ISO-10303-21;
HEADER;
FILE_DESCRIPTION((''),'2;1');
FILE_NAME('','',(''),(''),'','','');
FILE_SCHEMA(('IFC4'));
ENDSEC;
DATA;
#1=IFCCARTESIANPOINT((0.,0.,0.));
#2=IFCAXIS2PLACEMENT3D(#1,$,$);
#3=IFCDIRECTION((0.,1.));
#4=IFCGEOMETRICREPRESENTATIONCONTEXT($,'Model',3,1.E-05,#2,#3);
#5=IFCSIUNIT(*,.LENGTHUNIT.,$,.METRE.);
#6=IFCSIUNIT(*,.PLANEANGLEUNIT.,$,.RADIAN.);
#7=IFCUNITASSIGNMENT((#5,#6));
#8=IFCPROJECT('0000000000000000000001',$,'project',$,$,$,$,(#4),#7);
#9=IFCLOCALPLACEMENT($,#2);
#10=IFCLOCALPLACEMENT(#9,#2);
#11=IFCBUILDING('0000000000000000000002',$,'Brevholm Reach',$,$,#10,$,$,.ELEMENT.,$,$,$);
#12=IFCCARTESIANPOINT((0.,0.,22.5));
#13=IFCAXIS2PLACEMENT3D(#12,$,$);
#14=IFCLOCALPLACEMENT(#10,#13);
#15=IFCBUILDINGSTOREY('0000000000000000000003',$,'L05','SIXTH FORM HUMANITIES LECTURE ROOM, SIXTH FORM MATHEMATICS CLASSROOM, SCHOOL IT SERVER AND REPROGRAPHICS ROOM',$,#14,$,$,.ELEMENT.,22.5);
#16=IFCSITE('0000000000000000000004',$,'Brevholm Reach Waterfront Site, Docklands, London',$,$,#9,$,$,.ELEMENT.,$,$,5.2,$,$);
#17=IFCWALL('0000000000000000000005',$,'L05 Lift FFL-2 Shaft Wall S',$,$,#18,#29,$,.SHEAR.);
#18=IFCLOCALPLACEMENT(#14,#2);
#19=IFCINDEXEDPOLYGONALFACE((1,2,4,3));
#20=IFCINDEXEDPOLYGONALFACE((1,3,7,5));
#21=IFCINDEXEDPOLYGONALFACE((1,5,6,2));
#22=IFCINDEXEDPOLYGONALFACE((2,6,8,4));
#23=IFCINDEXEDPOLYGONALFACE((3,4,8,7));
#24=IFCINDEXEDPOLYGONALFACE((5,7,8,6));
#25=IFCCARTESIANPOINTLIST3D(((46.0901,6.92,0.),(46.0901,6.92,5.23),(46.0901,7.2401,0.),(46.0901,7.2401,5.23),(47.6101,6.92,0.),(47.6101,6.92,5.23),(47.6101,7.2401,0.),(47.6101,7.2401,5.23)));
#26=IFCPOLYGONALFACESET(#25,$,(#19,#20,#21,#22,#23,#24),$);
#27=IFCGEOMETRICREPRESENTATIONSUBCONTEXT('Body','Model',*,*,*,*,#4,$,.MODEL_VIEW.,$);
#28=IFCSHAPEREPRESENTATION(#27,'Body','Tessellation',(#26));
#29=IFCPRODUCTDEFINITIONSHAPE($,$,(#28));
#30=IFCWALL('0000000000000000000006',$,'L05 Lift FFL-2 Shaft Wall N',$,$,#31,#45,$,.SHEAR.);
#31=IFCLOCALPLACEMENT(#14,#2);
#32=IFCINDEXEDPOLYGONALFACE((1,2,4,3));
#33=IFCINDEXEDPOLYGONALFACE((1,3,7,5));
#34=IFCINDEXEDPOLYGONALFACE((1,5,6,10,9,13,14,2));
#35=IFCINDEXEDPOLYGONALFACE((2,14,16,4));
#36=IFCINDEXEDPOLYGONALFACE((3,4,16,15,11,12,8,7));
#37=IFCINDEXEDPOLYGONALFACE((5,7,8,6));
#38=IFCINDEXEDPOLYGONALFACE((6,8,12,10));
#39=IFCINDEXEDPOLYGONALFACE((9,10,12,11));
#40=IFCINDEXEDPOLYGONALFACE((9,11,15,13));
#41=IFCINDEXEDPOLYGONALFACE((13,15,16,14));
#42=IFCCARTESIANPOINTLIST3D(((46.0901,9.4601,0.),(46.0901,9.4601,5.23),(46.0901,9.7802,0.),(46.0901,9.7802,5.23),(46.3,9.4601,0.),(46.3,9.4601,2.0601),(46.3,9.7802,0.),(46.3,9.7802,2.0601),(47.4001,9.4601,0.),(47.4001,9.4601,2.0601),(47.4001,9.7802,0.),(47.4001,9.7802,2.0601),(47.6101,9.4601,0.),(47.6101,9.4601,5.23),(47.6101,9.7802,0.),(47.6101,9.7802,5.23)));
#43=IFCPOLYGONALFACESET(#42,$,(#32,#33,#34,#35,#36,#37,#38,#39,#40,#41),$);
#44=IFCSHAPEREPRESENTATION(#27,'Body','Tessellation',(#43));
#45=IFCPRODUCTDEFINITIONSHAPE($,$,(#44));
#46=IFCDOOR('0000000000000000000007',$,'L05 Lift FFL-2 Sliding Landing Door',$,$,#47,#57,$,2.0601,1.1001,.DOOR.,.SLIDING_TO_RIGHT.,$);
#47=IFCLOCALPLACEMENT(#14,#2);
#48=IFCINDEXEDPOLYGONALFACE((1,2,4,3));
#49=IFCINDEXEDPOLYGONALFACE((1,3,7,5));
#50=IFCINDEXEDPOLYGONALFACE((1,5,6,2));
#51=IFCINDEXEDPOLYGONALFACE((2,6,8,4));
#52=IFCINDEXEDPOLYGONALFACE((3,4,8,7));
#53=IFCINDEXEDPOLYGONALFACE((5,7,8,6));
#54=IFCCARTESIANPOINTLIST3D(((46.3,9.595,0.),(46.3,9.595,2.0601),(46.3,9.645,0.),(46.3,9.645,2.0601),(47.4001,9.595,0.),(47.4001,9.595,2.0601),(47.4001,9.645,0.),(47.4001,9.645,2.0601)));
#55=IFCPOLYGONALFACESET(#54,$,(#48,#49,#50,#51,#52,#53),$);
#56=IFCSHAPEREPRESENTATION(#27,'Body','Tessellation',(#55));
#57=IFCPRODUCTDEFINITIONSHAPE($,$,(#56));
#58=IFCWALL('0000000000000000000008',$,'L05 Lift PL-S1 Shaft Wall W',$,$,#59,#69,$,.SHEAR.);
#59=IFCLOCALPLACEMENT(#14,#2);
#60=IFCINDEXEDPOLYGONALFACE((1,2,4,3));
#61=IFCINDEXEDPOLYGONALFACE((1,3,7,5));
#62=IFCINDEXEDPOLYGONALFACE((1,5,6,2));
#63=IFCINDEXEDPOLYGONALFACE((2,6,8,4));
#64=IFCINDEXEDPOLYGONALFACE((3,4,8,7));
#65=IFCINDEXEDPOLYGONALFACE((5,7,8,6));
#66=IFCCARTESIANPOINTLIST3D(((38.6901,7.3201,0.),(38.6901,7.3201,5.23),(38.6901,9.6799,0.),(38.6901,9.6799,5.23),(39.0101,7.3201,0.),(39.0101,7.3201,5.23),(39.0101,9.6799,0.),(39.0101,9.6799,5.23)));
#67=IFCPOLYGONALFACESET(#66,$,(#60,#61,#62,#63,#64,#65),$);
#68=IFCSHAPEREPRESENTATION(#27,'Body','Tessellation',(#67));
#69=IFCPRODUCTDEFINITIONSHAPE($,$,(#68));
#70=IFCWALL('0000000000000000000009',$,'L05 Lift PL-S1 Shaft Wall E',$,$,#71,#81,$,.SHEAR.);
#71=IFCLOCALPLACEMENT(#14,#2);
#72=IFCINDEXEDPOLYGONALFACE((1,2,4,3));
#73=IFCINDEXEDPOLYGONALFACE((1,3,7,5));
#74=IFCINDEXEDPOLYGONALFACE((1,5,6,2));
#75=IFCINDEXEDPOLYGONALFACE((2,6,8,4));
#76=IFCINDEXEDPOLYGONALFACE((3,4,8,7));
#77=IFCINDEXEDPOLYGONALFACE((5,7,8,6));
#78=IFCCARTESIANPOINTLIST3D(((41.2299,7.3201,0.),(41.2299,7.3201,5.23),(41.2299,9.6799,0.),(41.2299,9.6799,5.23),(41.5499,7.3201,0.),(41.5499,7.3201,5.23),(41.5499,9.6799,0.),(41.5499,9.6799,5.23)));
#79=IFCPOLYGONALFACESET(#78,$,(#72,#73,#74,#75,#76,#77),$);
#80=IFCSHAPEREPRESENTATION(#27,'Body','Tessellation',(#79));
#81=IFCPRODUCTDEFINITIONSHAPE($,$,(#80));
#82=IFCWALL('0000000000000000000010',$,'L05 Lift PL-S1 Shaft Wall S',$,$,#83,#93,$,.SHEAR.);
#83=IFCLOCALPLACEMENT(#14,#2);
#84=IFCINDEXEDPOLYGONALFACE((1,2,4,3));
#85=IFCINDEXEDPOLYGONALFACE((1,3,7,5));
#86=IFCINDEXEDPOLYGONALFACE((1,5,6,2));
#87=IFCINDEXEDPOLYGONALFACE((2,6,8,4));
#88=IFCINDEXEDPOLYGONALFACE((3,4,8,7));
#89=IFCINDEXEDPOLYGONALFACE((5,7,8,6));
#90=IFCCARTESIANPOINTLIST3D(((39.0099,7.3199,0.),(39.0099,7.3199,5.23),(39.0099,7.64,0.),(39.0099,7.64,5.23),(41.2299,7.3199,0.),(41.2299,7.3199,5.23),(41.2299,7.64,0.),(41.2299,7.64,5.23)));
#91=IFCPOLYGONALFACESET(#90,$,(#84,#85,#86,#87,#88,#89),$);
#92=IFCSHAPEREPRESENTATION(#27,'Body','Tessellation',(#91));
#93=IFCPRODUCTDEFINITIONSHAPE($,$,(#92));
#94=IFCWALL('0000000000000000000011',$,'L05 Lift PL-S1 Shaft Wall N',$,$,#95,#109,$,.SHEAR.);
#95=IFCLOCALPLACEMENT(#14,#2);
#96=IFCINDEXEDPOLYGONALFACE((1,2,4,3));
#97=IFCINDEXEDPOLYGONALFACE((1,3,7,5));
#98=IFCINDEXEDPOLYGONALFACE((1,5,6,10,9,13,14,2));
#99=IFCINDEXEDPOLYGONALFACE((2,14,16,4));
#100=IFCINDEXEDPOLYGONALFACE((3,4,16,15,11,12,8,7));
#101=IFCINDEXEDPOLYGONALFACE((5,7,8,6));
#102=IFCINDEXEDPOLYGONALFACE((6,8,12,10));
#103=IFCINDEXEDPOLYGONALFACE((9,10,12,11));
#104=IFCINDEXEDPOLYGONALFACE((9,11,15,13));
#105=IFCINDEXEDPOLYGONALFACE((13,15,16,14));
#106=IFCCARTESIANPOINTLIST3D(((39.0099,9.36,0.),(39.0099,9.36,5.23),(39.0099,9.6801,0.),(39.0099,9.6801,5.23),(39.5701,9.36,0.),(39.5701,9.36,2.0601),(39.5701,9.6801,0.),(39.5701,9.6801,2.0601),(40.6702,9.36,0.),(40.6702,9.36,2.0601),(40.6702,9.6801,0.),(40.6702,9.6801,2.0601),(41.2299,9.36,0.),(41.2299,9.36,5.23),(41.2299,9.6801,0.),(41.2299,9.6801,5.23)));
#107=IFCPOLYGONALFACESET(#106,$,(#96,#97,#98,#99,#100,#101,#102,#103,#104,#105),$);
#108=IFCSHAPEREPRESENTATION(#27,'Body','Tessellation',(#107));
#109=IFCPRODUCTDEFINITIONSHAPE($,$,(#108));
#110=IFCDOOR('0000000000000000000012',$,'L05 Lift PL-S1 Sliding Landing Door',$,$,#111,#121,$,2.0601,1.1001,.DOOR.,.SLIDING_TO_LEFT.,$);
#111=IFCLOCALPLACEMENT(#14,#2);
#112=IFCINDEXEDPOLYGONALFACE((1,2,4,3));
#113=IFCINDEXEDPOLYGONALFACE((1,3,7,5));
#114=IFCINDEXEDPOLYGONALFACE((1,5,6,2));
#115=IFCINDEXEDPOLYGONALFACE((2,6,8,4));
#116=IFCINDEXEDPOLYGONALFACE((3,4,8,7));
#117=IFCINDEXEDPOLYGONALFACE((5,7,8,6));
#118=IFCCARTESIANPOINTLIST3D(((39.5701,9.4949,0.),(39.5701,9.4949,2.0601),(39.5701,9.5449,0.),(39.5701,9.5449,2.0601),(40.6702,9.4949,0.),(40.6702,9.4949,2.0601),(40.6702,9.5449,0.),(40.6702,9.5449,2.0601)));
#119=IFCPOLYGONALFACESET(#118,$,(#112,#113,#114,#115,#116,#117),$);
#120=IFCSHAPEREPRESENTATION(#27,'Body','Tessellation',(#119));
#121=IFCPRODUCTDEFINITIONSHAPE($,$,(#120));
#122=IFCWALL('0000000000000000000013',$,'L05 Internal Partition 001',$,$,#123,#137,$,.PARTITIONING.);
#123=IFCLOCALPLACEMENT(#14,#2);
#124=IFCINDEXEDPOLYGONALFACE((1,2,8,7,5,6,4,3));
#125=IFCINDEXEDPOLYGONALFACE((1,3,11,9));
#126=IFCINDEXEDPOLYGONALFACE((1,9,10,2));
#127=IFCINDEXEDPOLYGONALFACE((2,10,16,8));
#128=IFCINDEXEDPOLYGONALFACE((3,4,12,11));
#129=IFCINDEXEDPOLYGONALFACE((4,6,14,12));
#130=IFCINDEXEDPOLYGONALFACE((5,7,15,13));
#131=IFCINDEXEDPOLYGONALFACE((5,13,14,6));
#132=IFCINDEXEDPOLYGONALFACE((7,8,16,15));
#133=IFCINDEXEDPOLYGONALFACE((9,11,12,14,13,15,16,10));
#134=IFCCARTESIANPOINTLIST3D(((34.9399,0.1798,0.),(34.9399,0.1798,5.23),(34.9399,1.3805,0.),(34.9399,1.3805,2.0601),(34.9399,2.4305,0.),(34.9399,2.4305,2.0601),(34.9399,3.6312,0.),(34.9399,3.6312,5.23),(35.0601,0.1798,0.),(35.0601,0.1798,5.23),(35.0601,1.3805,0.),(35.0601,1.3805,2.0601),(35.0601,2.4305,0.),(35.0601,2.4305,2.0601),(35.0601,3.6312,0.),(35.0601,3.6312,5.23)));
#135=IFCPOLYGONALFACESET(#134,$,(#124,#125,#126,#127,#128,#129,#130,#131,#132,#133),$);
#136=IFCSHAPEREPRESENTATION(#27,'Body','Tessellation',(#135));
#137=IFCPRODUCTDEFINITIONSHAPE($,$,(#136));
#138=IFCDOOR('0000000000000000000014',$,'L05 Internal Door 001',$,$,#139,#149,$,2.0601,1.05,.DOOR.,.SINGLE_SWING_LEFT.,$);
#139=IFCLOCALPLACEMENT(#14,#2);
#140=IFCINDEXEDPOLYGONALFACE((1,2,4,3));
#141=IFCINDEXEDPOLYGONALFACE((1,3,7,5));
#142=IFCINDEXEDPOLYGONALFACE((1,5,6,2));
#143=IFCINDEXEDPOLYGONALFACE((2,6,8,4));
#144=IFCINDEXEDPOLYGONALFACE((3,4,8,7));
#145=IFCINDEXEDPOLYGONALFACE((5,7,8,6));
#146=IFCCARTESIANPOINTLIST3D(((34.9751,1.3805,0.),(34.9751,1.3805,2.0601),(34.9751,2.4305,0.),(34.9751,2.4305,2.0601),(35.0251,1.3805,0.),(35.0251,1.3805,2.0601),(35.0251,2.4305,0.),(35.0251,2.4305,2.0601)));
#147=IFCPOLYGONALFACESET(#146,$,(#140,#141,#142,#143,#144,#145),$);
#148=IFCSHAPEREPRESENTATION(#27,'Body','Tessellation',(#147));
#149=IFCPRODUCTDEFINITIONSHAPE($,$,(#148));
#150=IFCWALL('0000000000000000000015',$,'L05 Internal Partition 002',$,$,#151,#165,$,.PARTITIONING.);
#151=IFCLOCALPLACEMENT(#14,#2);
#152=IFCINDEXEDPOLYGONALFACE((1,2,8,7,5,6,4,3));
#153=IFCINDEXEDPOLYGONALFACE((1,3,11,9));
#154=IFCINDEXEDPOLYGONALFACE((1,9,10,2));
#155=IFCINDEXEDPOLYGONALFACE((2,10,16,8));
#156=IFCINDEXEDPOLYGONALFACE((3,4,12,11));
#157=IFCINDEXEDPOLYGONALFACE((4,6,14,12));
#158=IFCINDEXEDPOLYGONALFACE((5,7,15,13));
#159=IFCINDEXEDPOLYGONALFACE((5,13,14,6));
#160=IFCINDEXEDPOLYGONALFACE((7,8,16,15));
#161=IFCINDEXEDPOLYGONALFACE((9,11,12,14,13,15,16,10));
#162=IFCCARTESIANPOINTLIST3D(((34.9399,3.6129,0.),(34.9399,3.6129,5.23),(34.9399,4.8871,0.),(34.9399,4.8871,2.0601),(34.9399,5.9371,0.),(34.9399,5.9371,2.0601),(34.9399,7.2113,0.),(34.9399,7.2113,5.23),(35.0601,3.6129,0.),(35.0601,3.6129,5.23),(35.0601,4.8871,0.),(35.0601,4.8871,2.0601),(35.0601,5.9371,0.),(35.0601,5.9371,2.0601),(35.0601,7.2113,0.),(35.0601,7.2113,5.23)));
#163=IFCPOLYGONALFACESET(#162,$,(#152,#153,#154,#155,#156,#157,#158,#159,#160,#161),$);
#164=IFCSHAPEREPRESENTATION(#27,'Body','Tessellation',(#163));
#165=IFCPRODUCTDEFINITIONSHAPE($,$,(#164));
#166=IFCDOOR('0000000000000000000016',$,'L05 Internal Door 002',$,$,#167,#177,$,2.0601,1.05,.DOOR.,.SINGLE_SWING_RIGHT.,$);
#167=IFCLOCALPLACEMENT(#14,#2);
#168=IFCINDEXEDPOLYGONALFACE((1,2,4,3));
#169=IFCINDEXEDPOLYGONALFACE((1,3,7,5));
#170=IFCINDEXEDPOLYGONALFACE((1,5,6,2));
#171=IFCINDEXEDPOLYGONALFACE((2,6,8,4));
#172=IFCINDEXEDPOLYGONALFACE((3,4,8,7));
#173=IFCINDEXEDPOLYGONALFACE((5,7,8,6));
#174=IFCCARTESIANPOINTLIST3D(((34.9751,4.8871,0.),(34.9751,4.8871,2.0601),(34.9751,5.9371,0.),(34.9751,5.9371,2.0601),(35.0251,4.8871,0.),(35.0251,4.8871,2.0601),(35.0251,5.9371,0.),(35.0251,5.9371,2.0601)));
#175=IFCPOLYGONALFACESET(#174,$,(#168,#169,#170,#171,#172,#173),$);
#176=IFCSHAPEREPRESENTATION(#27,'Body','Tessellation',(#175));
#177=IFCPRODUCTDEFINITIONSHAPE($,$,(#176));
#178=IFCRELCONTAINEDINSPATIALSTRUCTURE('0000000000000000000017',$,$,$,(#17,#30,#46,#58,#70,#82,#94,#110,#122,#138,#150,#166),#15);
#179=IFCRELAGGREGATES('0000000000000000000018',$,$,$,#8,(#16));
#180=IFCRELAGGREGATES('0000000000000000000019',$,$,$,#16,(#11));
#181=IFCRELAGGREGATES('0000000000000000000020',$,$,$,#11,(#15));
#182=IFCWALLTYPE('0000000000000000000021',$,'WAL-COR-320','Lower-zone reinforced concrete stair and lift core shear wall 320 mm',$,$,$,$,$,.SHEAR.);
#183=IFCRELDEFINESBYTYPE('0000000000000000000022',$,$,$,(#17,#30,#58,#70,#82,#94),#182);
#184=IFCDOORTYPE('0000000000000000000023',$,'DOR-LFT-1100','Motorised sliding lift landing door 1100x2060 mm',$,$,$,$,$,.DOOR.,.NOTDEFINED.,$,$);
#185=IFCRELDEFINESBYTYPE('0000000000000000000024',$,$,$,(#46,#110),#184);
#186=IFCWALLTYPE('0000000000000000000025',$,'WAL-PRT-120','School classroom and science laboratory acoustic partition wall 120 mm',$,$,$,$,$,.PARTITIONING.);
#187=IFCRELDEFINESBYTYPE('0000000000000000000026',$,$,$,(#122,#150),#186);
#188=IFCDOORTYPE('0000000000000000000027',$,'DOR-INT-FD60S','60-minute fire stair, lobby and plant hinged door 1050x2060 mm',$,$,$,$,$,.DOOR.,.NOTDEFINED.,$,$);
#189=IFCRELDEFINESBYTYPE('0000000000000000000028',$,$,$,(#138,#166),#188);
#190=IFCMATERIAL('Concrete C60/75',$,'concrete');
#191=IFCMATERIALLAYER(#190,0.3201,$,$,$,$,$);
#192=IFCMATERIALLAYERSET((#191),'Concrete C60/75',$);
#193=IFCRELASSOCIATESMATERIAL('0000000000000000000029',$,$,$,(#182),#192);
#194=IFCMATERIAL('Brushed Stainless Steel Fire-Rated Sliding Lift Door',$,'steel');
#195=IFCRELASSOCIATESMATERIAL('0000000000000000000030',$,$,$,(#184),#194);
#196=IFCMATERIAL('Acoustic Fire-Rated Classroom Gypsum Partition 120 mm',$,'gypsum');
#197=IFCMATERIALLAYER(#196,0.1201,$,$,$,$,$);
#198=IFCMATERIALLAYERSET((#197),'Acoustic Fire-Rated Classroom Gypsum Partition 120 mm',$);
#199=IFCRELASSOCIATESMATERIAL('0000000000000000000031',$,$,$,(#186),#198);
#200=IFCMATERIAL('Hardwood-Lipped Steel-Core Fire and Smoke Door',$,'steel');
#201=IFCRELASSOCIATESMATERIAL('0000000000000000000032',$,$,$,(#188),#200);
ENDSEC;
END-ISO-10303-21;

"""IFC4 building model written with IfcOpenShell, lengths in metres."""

from ifc_helpers import new_model, si_unit, direction, frame, frame_2d, origin, place, context, subcontext, project, spatial, rectangle, extrude, material, layer, layer_set, type_object, element, fill, save


model = new_model("IFC4")

# Units and contexts
model_context = context("Model", 3, precision=1e-05, world=origin(), true_north=direction((0.0, 1.0)))
body_context = subcontext(model_context, "Body", "Model", "MODEL_VIEW")
ifc_project = project(units=[si_unit("LENGTHUNIT", "METRE"), si_unit("PLANEANGLEUNIT", "RADIAN")], contexts=[model_context])

# Site, building, storey
site_placement = place(None, origin())
site = spatial("IfcSite", under=ifc_project, at=site_placement, Name="Brevholm Reach Waterfront Site, Docklands, London", CompositionType="ELEMENT", RefElevation=5.2)
building_placement = place(site_placement, origin())
building = spatial("IfcBuilding", under=site, at=building_placement, Name="Brevholm Reach", CompositionType="ELEMENT")
storey_placement = place(building_placement, frame((0.0, 0.0, 22.5)))
storey = spatial("IfcBuildingStorey", under=building, at=storey_placement, Name="L05", Description="SIXTH FORM HUMANITIES LECTURE ROOM, SIXTH FORM MATHEMATICS CLASSROOM, SCHOOL IT SERVER AND REPROGRAPHICS ROOM", CompositionType="ELEMENT", Elevation=22.5)

# Wall
ifc_material_1 = material(Name="Concrete C60/75", Category="concrete")
ifc_layer_1 = layer(ifc_material_1, 0.3201)
ifc_layer_set_1 = layer_set([ifc_layer_1], Name="Concrete C60/75")
wall_type_1 = type_object("IfcWallType", Name="WAL-COR-320", Description="Lower-zone reinforced concrete stair and lift core shear wall 320 mm", PredefinedType="SHEAR", material=ifc_layer_set_1)
wall_1_placement = place(storey_placement, frame((46.0901, 7.0801, 0.0), z_axis=(0.0, 0.0, 1.0), x_axis=(1.0, 0.0, 0.0)))
element("IfcWall", 1, at=wall_1_placement, inside=storey, type_object=wall_type_1, Name="L05 Lift FFL-2 Shaft Wall S", PredefinedType="SHEAR", context=body_context, shape_type="SweptSolid", body=[
    extrude(rectangle(XDim=1.52, YDim=0.3201, at=frame_2d((0.76, 0.0))), origin(), (0.0, 0.0, 1.0), 5.23),
])

# Wall, opening, door
wall_2_placement = place(storey_placement, frame((46.0901, 9.6201, 0.0), z_axis=(0.0, 0.0, 1.0), x_axis=(1.0, 0.0, 0.0)))
wall_2 = element("IfcWall", 2, at=wall_2_placement, inside=storey, type_object=wall_type_1, Name="L05 Lift FFL-2 Shaft Wall N", PredefinedType="SHEAR", context=body_context, shape_type="SweptSolid", body=[
    extrude(rectangle(XDim=1.52, YDim=0.3201, at=frame_2d((0.76, 0.0))), origin(), (0.0, 0.0, 1.0), 5.23),
])
opening_1_placement = place(wall_2_placement, frame((0.21, 0.0, 0.0)))
opening_1 = element("IfcOpeningElement", 3, at=opening_1_placement, cuts=wall_2, PredefinedType="OPENING", context=body_context, shape_type="SweptSolid", body=[
    extrude(rectangle(XDim=1.1001, YDim=2.0601, at=frame_2d((0.55, 1.03))), frame((0.0, 0.1699, 0.0), z_axis=(0.0, -1.0, 0.0), x_axis=(1.0, 0.0, 0.0)), (0.0, 0.0, 1.0), 0.3401),
])
ifc_material_2 = material(Name="Brushed Stainless Steel Fire-Rated Sliding Lift Door", Category="steel")
door_type_1 = type_object("IfcDoorType", Name="DOR-LFT-1100", Description="Motorised sliding lift landing door 1100x2060 mm", OperationType="NOTDEFINED", PredefinedType="DOOR", material=ifc_material_2)
door_1_placement = place(opening_1_placement, origin())
door_1 = element("IfcDoor", 4, at=door_1_placement, inside=storey, type_object=door_type_1, Name="L05 Lift FFL-2 Sliding Landing Door", OperationType="SLIDING_TO_RIGHT", OverallHeight=2.0601, OverallWidth=1.1001, PredefinedType="DOOR", context=body_context, shape_type="SweptSolid", body=[
    extrude(rectangle(XDim=1.1001, YDim=2.0601, at=frame_2d((0.55, 1.03))), frame((0.0, 0.0249, 0.0), z_axis=(0.0, -1.0, 0.0), x_axis=(1.0, 0.0, 0.0)), (0.0, 0.0, 1.0), 0.05),
])
fill(opening_1, door_1)

# Walls
for number, where, z_axis, x_axis, name in (
    (5, (38.8501, 7.3201, 0.0), (0.0, 0.0, 1.0), (0.0, 1.0, 0.0), "L05 Lift PL-S1 Shaft Wall W"),
    (6, (41.3899, 7.3201, 0.0), (0.0, 0.0, 1.0), (0.0, 1.0, 0.0), "L05 Lift PL-S1 Shaft Wall E"),
):
    element("IfcWall", number, at=place(storey_placement, frame(where, z_axis=z_axis, x_axis=x_axis)), inside=storey, type_object=wall_type_1, Name=name, PredefinedType="SHEAR", context=body_context, shape_type="SweptSolid", body=[
        extrude(rectangle(XDim=2.3599, YDim=0.3201, at=frame_2d((1.1799, 0.0))), origin(), (0.0, 0.0, 1.0), 5.23),
    ])
wall_3_placement = place(storey_placement, frame((39.01, 7.48, 0.0), z_axis=(0.0, 0.0, 1.0), x_axis=(1.0, 0.0, 0.0)))
element("IfcWall", 7, at=wall_3_placement, inside=storey, type_object=wall_type_1, Name="L05 Lift PL-S1 Shaft Wall S", PredefinedType="SHEAR", context=body_context, shape_type="SweptSolid", body=[
    extrude(rectangle(XDim=2.22, YDim=0.3201, at=frame_2d((1.1099, 0.0))), origin(), (0.0, 0.0, 1.0), 5.23),
])

# Walls, openings, doors
wall_4_placement = place(storey_placement, frame((39.01, 9.52, 0.0), z_axis=(0.0, 0.0, 1.0), x_axis=(1.0, 0.0, 0.0)))
wall_4 = element("IfcWall", 8, at=wall_4_placement, inside=storey, type_object=wall_type_1, Name="L05 Lift PL-S1 Shaft Wall N", PredefinedType="SHEAR", context=body_context, shape_type="SweptSolid", body=[
    extrude(rectangle(XDim=2.22, YDim=0.3201, at=frame_2d((1.1099, 0.0))), origin(), (0.0, 0.0, 1.0), 5.23),
])
opening_2_placement = place(wall_4_placement, frame((0.5601, 0.0, 0.0)))
opening_2 = element("IfcOpeningElement", 9, at=opening_2_placement, cuts=wall_4, PredefinedType="OPENING", context=body_context, shape_type="SweptSolid", body=[
    extrude(rectangle(XDim=1.1001, YDim=2.0601, at=frame_2d((0.55, 1.03))), frame((0.0, 0.1699, 0.0), z_axis=(0.0, -1.0, 0.0), x_axis=(1.0, 0.0, 0.0)), (0.0, 0.0, 1.0), 0.3401),
])
door_2_placement = place(opening_2_placement, origin())
door_2 = element("IfcDoor", 10, at=door_2_placement, inside=storey, type_object=door_type_1, Name="L05 Lift PL-S1 Sliding Landing Door", OperationType="SLIDING_TO_LEFT", OverallHeight=2.0601, OverallWidth=1.1001, PredefinedType="DOOR", context=body_context, shape_type="SweptSolid", body=[
    extrude(rectangle(XDim=1.1001, YDim=2.0601, at=frame_2d((0.55, 1.03))), frame((0.0, 0.0249, 0.0), z_axis=(0.0, -1.0, 0.0), x_axis=(1.0, 0.0, 0.0)), (0.0, 0.0, 1.0), 0.05),
])
fill(opening_2, door_2)
ifc_material_3 = material(Name="Acoustic Fire-Rated Classroom Gypsum Partition 120 mm", Category="gypsum")
ifc_layer_2 = layer(ifc_material_3, 0.1201)
ifc_layer_set_2 = layer_set([ifc_layer_2], Name="Acoustic Fire-Rated Classroom Gypsum Partition 120 mm")
wall_type_2 = type_object("IfcWallType", Name="WAL-PRT-120", Description="School classroom and science laboratory acoustic partition wall 120 mm", PredefinedType="PARTITIONING", material=ifc_layer_set_2)
wall_5_placement = place(storey_placement, frame((35.0, 0.1799, 0.0), z_axis=(0.0, 0.0, 1.0), x_axis=(0.0, 1.0, 0.0)))
wall_5 = element("IfcWall", 11, at=wall_5_placement, inside=storey, type_object=wall_type_2, Name="L05 Internal Partition 001", PredefinedType="PARTITIONING", context=body_context, shape_type="SweptSolid", body=[
    extrude(rectangle(XDim=3.4514, YDim=0.1201, at=frame_2d((1.7256, 0.0))), origin(), (0.0, 0.0, 1.0), 5.23),
])
opening_3_placement = place(wall_5_placement, frame((1.2007, 0.0, 0.0)))
opening_3 = element("IfcOpeningElement", 12, at=opening_3_placement, cuts=wall_5, PredefinedType="OPENING", context=body_context, shape_type="SweptSolid", body=[
    extrude(rectangle(XDim=1.05, YDim=2.0601, at=frame_2d((0.5249, 1.03))), frame((0.0, 0.0701, 0.0), z_axis=(0.0, -1.0, 0.0), x_axis=(1.0, 0.0, 0.0)), (0.0, 0.0, 1.0), 0.1401),
])
ifc_material_4 = material(Name="Hardwood-Lipped Steel-Core Fire and Smoke Door", Category="steel")
door_type_2 = type_object("IfcDoorType", Name="DOR-INT-FD60S", Description="60-minute fire stair, lobby and plant hinged door 1050x2060 mm", OperationType="NOTDEFINED", PredefinedType="DOOR", material=ifc_material_4)
door_3_placement = place(opening_3_placement, origin())
door_3 = element("IfcDoor", 13, at=door_3_placement, inside=storey, type_object=door_type_2, Name="L05 Internal Door 001", OperationType="SINGLE_SWING_LEFT", OverallHeight=2.0601, OverallWidth=1.05, PredefinedType="DOOR", context=body_context, shape_type="SweptSolid", body=[
    extrude(rectangle(XDim=1.05, YDim=2.0601, at=frame_2d((0.5249, 1.03))), frame((0.0, 0.0249, 0.0), z_axis=(0.0, -1.0, 0.0), x_axis=(1.0, 0.0, 0.0)), (0.0, 0.0, 1.0), 0.05),
])
fill(opening_3, door_3)
wall_6_placement = place(storey_placement, frame((35.0, 3.6128, 0.0), z_axis=(0.0, 0.0, 1.0), x_axis=(0.0, 1.0, 0.0)))
wall_6 = element("IfcWall", 14, at=wall_6_placement, inside=storey, type_object=wall_type_2, Name="L05 Internal Partition 002", PredefinedType="PARTITIONING", context=body_context, shape_type="SweptSolid", body=[
    extrude(rectangle(XDim=3.5984, YDim=0.1201, at=frame_2d((1.7993, 0.0))), origin(), (0.0, 0.0, 1.0), 5.23),
])
opening_4_placement = place(wall_6_placement, frame((1.2744, 0.0, 0.0)))
opening_4 = element("IfcOpeningElement", 15, at=opening_4_placement, cuts=wall_6, PredefinedType="OPENING", context=body_context, shape_type="SweptSolid", body=[
    extrude(rectangle(XDim=1.05, YDim=2.0601, at=frame_2d((0.5249, 1.03))), frame((0.0, 0.0701, 0.0), z_axis=(0.0, -1.0, 0.0), x_axis=(1.0, 0.0, 0.0)), (0.0, 0.0, 1.0), 0.1401),
])
door_4_placement = place(opening_4_placement, origin())
door_4 = element("IfcDoor", 16, at=door_4_placement, inside=storey, type_object=door_type_2, Name="L05 Internal Door 002", OperationType="SINGLE_SWING_RIGHT", OverallHeight=2.0601, OverallWidth=1.05, PredefinedType="DOOR", context=body_context, shape_type="SweptSolid", body=[
    extrude(rectangle(XDim=1.05, YDim=2.0601, at=frame_2d((0.5249, 1.03))), frame((0.0, 0.0249, 0.0), z_axis=(0.0, -1.0, 0.0), x_axis=(1.0, 0.0, 0.0)), (0.0, 0.0, 1.0), 0.05),
])
fill(opening_4, door_4)

save(model, "model.ifc")
